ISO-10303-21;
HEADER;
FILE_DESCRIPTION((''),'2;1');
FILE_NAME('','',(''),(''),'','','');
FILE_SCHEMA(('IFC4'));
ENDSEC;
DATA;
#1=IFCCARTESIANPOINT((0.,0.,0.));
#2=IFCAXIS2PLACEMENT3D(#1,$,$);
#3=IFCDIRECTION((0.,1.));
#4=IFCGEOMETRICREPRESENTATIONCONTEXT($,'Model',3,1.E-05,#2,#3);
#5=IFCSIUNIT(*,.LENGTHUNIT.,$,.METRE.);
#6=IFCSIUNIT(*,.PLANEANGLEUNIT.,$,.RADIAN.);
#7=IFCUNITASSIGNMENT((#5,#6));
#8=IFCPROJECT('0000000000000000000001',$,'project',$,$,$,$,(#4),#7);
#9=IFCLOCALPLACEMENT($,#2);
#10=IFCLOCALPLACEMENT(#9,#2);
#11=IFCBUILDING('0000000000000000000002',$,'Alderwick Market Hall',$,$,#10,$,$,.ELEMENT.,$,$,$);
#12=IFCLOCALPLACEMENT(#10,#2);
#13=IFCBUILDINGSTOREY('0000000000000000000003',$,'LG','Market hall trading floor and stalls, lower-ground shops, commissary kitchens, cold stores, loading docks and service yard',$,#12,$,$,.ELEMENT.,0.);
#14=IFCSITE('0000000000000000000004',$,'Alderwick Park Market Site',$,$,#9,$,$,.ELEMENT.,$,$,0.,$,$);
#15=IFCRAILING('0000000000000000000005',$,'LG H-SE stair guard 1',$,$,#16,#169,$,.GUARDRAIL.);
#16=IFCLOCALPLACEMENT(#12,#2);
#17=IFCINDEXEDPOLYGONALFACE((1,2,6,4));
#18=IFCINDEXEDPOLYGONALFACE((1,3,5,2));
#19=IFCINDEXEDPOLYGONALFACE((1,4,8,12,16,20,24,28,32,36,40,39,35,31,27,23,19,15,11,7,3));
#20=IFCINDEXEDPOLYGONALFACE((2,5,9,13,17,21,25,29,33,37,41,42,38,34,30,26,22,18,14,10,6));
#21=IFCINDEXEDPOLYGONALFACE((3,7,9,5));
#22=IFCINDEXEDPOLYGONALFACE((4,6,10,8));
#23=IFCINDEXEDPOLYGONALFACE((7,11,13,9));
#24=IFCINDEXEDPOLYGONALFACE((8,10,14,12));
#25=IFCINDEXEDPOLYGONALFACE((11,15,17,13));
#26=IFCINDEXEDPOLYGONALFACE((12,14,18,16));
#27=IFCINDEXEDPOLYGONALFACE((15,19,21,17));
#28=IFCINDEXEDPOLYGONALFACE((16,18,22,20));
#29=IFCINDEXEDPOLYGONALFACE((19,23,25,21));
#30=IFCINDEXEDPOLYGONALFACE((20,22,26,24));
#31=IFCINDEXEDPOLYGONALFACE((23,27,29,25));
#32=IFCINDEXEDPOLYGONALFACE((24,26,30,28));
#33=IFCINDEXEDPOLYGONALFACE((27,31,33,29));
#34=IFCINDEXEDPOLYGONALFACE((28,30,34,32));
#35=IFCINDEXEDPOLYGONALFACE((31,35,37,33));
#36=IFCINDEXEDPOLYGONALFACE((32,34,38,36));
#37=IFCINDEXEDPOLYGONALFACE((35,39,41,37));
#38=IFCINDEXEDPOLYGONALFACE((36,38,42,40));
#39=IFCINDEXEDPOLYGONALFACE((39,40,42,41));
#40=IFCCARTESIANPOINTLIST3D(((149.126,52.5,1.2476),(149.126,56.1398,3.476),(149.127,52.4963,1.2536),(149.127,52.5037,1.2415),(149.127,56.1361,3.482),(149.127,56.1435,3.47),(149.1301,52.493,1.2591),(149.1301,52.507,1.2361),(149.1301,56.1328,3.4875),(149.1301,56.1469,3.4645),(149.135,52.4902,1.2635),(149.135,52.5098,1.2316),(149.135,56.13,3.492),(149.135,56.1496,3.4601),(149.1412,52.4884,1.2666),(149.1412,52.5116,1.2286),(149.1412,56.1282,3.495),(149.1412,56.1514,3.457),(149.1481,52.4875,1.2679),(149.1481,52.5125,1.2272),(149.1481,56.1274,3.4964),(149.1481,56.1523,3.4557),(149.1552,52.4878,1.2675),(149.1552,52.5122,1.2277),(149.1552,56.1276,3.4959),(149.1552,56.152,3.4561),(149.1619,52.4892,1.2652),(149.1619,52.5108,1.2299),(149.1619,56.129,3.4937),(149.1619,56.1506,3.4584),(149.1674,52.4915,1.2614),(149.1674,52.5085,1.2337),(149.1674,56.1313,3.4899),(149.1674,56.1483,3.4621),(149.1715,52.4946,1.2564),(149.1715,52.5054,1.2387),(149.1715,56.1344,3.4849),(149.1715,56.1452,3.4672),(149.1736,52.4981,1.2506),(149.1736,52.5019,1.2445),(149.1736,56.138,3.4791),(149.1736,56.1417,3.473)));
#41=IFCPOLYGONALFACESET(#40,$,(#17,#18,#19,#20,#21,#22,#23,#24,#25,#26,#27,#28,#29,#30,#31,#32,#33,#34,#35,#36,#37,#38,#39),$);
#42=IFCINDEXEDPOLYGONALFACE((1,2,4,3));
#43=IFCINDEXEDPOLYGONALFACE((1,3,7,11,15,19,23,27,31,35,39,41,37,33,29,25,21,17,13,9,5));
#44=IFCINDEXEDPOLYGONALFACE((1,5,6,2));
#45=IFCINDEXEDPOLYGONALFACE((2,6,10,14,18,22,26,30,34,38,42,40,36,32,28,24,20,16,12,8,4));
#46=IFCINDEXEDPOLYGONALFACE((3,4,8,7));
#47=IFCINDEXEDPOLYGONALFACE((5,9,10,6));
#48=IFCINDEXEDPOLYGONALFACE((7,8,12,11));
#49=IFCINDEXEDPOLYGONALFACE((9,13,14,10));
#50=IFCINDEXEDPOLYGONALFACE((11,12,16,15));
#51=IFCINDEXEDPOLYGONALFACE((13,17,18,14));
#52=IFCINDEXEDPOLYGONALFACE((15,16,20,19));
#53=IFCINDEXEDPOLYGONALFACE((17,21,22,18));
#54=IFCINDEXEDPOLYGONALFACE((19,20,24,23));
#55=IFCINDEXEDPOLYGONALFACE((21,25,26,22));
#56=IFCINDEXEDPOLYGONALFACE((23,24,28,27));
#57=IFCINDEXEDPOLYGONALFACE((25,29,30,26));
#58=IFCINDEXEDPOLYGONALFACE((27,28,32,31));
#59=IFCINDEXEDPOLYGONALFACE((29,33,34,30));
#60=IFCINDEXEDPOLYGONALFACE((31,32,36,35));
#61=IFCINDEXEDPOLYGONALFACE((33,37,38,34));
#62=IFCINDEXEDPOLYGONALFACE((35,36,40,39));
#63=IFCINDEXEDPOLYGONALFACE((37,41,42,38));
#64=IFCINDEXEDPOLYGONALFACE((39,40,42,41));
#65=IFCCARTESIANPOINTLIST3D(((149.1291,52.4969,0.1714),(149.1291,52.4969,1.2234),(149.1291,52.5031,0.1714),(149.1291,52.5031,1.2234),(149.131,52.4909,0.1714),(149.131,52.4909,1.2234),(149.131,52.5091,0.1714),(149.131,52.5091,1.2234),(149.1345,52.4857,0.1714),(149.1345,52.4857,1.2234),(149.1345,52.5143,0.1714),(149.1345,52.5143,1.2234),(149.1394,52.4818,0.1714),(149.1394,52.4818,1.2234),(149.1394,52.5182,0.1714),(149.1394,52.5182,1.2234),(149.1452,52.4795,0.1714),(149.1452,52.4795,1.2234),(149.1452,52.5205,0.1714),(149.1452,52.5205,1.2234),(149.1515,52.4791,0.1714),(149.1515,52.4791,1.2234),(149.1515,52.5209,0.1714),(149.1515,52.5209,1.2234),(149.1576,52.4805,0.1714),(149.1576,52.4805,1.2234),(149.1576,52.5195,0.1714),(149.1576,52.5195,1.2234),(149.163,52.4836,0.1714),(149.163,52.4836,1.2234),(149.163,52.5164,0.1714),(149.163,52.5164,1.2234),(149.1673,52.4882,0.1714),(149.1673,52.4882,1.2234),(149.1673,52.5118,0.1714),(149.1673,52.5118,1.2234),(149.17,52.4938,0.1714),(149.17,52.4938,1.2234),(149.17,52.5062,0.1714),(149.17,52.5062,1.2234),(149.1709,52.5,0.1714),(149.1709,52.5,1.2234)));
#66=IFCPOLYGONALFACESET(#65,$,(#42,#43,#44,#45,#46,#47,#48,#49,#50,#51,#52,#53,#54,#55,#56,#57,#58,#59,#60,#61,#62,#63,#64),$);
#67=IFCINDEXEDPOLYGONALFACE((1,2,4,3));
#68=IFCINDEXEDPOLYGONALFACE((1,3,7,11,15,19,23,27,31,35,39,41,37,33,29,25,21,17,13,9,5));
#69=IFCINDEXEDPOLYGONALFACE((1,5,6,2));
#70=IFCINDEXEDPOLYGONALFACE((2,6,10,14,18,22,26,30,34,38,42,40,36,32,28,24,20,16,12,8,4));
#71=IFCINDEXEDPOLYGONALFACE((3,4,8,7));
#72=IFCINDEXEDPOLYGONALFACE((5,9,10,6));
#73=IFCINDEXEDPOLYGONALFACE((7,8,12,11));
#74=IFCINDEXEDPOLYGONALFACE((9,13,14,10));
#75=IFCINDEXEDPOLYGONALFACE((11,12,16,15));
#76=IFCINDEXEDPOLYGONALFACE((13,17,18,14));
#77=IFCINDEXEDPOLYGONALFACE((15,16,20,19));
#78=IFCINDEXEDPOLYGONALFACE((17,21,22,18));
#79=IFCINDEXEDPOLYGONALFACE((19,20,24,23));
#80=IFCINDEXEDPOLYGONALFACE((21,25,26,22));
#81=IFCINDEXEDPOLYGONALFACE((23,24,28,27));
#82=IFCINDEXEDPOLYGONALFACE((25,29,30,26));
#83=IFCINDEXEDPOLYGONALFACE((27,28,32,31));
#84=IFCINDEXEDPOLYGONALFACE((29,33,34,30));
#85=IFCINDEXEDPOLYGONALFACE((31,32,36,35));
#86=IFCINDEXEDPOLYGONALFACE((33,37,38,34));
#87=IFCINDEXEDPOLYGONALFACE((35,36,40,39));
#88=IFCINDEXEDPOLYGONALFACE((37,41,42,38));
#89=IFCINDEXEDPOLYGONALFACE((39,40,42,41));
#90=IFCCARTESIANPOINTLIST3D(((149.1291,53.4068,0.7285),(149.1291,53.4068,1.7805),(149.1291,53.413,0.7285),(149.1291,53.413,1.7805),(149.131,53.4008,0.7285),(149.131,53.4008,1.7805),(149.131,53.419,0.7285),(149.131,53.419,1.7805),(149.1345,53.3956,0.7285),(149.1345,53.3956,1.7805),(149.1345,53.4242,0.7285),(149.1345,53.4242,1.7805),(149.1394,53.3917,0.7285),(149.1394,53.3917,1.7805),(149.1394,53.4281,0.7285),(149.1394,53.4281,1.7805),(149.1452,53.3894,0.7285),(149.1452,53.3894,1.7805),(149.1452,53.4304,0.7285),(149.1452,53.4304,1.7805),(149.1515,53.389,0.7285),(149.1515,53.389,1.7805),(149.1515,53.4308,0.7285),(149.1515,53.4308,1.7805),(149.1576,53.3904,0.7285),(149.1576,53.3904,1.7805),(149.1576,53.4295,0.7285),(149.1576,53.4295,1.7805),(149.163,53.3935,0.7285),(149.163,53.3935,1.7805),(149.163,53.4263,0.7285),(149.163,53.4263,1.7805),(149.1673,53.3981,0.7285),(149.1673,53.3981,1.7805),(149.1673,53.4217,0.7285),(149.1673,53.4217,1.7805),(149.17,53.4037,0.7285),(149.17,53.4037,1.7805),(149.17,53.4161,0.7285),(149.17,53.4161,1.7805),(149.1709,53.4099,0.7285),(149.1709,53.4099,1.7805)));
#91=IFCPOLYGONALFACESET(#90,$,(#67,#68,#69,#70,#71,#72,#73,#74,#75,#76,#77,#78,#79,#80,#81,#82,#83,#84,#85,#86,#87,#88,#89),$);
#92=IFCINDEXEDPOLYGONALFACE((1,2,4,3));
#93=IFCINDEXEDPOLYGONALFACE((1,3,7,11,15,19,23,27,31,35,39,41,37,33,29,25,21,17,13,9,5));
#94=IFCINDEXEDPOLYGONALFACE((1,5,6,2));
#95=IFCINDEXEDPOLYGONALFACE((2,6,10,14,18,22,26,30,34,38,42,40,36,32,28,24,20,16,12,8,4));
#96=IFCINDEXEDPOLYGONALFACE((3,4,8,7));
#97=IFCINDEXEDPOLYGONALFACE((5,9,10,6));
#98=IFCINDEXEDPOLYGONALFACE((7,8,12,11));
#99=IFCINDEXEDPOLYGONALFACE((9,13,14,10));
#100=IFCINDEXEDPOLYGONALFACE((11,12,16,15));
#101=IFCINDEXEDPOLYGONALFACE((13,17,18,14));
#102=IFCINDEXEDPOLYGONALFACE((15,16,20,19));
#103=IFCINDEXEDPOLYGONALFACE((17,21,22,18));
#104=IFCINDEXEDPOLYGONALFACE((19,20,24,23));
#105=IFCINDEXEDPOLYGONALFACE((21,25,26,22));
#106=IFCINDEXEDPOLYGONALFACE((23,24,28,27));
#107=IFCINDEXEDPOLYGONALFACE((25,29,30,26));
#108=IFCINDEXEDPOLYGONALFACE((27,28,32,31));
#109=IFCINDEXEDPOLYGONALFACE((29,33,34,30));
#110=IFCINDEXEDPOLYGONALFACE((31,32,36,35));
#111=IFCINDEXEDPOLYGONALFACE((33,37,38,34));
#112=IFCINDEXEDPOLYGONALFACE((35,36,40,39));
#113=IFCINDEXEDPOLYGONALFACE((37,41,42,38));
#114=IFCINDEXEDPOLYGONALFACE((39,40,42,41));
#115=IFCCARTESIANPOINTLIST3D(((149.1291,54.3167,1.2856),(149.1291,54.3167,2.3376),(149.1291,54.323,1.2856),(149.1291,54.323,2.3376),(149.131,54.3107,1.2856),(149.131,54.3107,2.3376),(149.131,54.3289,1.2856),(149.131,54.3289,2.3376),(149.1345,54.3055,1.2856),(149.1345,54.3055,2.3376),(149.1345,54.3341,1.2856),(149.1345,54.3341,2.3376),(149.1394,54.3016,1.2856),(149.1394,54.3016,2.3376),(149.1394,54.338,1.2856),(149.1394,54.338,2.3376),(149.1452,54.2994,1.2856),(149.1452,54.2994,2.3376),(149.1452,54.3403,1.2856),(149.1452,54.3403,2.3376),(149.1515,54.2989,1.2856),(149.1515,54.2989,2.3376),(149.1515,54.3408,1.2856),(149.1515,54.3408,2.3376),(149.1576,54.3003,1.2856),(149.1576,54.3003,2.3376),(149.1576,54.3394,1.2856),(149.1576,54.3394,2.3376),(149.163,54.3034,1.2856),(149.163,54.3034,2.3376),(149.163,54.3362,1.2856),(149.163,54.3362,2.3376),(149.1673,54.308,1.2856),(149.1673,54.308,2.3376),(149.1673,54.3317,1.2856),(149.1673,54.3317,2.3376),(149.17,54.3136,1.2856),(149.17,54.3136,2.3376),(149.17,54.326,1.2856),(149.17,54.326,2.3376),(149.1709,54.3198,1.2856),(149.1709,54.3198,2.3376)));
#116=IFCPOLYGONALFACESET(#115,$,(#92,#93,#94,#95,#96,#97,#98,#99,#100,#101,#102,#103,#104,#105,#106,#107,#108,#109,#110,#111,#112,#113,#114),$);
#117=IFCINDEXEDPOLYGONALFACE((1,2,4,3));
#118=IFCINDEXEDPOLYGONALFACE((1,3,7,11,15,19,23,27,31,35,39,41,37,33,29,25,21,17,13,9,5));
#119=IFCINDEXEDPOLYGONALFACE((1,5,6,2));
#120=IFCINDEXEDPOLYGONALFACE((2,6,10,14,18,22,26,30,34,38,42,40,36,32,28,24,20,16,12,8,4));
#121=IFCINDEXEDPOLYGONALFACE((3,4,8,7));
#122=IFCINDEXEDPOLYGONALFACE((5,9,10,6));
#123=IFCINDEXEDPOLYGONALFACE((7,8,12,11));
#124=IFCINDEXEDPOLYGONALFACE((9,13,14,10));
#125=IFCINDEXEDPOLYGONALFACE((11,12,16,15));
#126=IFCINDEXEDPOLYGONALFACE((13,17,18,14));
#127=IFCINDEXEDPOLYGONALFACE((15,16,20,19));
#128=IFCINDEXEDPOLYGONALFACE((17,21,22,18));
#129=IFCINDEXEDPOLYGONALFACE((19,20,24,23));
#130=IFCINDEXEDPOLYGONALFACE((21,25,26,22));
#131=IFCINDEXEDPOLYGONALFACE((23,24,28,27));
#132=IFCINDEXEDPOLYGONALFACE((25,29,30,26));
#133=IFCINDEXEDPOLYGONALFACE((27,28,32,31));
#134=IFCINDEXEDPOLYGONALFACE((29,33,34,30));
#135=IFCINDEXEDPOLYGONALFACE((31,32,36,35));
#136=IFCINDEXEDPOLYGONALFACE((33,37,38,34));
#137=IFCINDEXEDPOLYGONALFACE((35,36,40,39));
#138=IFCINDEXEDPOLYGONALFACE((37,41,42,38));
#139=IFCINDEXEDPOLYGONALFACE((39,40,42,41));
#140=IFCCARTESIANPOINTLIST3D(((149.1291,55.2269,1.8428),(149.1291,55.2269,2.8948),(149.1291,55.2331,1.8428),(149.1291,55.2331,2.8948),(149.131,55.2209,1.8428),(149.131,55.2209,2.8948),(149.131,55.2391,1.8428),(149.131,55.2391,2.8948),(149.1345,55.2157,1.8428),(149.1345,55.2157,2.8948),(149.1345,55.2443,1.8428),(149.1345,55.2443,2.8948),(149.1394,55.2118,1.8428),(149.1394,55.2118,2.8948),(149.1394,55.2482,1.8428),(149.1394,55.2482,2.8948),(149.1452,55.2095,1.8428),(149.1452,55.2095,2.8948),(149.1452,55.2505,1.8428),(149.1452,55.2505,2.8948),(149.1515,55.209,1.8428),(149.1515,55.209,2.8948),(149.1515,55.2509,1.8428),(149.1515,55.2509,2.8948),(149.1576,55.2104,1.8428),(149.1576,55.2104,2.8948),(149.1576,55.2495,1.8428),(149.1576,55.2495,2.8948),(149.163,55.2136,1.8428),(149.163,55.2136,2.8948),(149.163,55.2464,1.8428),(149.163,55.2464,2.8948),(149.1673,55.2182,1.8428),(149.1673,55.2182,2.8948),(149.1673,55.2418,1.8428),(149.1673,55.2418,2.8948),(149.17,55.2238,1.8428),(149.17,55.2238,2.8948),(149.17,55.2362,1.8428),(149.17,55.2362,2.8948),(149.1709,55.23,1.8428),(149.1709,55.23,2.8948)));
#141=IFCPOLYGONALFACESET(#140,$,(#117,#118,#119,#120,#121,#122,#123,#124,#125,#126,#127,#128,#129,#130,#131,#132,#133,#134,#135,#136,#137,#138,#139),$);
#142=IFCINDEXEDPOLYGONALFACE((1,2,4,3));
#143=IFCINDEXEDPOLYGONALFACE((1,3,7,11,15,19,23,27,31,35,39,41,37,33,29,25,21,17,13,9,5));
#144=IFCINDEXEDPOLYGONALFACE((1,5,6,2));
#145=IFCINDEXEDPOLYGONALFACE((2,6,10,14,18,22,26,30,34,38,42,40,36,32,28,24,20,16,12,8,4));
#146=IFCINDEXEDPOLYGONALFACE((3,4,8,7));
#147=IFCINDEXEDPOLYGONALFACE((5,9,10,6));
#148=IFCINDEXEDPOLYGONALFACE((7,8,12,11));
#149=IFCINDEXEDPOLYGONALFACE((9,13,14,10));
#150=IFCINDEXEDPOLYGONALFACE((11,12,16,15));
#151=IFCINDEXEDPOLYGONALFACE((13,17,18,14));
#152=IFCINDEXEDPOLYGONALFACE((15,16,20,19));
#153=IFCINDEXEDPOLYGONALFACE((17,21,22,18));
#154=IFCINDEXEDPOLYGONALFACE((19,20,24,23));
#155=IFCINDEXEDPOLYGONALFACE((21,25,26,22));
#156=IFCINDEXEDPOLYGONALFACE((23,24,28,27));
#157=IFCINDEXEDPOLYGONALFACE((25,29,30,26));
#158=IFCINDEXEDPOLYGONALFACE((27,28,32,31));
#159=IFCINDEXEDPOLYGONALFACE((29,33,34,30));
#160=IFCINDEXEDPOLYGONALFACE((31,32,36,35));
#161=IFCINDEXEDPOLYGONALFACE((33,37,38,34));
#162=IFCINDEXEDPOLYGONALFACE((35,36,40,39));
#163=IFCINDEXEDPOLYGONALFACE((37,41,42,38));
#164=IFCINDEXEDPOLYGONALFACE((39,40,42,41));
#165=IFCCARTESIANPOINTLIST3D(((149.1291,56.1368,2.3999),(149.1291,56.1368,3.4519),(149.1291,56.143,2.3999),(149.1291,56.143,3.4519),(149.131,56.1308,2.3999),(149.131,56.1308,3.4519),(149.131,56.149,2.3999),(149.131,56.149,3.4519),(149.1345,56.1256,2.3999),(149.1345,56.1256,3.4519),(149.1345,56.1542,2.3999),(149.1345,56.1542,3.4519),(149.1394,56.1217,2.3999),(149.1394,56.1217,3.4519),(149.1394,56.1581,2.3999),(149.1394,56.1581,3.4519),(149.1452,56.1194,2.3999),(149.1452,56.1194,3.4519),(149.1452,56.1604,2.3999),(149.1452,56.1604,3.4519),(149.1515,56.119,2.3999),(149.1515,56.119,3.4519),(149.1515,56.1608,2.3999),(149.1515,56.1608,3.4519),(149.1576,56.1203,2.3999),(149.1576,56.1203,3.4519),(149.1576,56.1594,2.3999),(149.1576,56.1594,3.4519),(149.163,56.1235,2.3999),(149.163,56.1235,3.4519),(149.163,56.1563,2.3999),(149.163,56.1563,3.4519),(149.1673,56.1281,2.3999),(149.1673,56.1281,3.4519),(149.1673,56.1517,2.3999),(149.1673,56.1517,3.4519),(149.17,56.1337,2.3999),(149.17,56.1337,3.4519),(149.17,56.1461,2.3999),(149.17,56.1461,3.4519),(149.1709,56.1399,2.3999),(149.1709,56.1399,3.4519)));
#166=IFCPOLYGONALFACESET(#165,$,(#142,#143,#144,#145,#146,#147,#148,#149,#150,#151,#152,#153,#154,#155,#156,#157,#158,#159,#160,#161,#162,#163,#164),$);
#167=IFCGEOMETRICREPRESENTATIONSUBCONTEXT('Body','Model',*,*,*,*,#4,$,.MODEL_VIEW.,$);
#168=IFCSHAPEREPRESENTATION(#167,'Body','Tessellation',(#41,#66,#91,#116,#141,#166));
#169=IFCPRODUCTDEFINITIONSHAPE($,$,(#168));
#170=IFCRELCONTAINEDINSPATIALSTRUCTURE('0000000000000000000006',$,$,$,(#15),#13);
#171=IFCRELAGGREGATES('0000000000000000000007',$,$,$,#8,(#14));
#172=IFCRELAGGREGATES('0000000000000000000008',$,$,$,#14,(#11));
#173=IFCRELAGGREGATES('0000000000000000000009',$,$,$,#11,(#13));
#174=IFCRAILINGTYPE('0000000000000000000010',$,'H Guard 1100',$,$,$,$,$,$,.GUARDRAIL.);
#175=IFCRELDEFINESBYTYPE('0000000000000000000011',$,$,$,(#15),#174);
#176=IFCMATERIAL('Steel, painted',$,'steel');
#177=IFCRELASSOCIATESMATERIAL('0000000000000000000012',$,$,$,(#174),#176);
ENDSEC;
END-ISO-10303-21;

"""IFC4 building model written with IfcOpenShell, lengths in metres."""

from ifc_helpers import new_model, si_unit, direction, frame, origin, origin_2d, place, context, subcontext, project, spatial, circle, extrude, material, type_object, element, save


model = new_model("IFC4")

# Units and contexts
model_context = context("Model", 3, precision=1e-05, world=origin(), true_north=direction((0.0, 1.0)))
body_context = subcontext(model_context, "Body", "Model", "MODEL_VIEW")
ifc_project = project(units=[si_unit("LENGTHUNIT", "METRE"), si_unit("PLANEANGLEUNIT", "RADIAN")], contexts=[model_context])

# Site, building, storey
site_placement = place(None, origin())
site = spatial("IfcSite", under=ifc_project, at=site_placement, Name="Alderwick Park Market Site", CompositionType="ELEMENT", RefElevation=0.0)
building_placement = place(site_placement, origin())
building = spatial("IfcBuilding", under=site, at=building_placement, Name="Alderwick Market Hall", CompositionType="ELEMENT")
storey_placement = place(building_placement, origin())
storey = spatial("IfcBuildingStorey", under=building, at=storey_placement, Name="LG", Description="Market hall trading floor and stalls, lower-ground shops, commissary kitchens, cold stores, loading docks and service yard", CompositionType="ELEMENT", Elevation=0.0)

# Railing
ifc_material_1 = material(Name="Steel, painted", Category="steel")
railing_type_1 = type_object("IfcRailingType", Name="H Guard 1100", PredefinedType="GUARDRAIL", material=ifc_material_1)
railing_1_placement = place(storey_placement, frame((149.1499, 52.5, 0.1714)))
element("IfcRailing", 1, at=railing_1_placement, inside=storey, type_object=railing_type_1, Name="LG H-SE stair guard 1", PredefinedType="GUARDRAIL", context=body_context, shape_type="SweptSolid", body=[
    extrude(circle(Radius=0.0239, at=origin_2d()), frame((0.0, 0.0, 1.0762), z_axis=(0.0, 0.85285, 0.522156), x_axis=(-1.0, 0.0, 0.0)), (0.0, 0.0, 1.0), 4.2678),
    extrude(circle(Radius=0.021, at=origin_2d()), origin(), (0.0, 0.0, 1.0), 1.052),
    extrude(circle(Radius=0.021, at=origin_2d()), frame((0.0, 0.9099, 0.5571)), (0.0, 0.0, 1.0), 1.052),
    extrude(circle(Radius=0.021, at=origin_2d()), frame((0.0, 1.8198, 1.1143)), (0.0, 0.0, 1.0), 1.052),
    extrude(circle(Radius=0.021, at=origin_2d()), frame((0.0, 2.73, 1.6714)), (0.0, 0.0, 1.0), 1.052),
    extrude(circle(Radius=0.021, at=origin_2d()), frame((0.0, 3.6399, 2.2285)), (0.0, 0.0, 1.0), 1.052),
])

save(model, "model.ifc")
